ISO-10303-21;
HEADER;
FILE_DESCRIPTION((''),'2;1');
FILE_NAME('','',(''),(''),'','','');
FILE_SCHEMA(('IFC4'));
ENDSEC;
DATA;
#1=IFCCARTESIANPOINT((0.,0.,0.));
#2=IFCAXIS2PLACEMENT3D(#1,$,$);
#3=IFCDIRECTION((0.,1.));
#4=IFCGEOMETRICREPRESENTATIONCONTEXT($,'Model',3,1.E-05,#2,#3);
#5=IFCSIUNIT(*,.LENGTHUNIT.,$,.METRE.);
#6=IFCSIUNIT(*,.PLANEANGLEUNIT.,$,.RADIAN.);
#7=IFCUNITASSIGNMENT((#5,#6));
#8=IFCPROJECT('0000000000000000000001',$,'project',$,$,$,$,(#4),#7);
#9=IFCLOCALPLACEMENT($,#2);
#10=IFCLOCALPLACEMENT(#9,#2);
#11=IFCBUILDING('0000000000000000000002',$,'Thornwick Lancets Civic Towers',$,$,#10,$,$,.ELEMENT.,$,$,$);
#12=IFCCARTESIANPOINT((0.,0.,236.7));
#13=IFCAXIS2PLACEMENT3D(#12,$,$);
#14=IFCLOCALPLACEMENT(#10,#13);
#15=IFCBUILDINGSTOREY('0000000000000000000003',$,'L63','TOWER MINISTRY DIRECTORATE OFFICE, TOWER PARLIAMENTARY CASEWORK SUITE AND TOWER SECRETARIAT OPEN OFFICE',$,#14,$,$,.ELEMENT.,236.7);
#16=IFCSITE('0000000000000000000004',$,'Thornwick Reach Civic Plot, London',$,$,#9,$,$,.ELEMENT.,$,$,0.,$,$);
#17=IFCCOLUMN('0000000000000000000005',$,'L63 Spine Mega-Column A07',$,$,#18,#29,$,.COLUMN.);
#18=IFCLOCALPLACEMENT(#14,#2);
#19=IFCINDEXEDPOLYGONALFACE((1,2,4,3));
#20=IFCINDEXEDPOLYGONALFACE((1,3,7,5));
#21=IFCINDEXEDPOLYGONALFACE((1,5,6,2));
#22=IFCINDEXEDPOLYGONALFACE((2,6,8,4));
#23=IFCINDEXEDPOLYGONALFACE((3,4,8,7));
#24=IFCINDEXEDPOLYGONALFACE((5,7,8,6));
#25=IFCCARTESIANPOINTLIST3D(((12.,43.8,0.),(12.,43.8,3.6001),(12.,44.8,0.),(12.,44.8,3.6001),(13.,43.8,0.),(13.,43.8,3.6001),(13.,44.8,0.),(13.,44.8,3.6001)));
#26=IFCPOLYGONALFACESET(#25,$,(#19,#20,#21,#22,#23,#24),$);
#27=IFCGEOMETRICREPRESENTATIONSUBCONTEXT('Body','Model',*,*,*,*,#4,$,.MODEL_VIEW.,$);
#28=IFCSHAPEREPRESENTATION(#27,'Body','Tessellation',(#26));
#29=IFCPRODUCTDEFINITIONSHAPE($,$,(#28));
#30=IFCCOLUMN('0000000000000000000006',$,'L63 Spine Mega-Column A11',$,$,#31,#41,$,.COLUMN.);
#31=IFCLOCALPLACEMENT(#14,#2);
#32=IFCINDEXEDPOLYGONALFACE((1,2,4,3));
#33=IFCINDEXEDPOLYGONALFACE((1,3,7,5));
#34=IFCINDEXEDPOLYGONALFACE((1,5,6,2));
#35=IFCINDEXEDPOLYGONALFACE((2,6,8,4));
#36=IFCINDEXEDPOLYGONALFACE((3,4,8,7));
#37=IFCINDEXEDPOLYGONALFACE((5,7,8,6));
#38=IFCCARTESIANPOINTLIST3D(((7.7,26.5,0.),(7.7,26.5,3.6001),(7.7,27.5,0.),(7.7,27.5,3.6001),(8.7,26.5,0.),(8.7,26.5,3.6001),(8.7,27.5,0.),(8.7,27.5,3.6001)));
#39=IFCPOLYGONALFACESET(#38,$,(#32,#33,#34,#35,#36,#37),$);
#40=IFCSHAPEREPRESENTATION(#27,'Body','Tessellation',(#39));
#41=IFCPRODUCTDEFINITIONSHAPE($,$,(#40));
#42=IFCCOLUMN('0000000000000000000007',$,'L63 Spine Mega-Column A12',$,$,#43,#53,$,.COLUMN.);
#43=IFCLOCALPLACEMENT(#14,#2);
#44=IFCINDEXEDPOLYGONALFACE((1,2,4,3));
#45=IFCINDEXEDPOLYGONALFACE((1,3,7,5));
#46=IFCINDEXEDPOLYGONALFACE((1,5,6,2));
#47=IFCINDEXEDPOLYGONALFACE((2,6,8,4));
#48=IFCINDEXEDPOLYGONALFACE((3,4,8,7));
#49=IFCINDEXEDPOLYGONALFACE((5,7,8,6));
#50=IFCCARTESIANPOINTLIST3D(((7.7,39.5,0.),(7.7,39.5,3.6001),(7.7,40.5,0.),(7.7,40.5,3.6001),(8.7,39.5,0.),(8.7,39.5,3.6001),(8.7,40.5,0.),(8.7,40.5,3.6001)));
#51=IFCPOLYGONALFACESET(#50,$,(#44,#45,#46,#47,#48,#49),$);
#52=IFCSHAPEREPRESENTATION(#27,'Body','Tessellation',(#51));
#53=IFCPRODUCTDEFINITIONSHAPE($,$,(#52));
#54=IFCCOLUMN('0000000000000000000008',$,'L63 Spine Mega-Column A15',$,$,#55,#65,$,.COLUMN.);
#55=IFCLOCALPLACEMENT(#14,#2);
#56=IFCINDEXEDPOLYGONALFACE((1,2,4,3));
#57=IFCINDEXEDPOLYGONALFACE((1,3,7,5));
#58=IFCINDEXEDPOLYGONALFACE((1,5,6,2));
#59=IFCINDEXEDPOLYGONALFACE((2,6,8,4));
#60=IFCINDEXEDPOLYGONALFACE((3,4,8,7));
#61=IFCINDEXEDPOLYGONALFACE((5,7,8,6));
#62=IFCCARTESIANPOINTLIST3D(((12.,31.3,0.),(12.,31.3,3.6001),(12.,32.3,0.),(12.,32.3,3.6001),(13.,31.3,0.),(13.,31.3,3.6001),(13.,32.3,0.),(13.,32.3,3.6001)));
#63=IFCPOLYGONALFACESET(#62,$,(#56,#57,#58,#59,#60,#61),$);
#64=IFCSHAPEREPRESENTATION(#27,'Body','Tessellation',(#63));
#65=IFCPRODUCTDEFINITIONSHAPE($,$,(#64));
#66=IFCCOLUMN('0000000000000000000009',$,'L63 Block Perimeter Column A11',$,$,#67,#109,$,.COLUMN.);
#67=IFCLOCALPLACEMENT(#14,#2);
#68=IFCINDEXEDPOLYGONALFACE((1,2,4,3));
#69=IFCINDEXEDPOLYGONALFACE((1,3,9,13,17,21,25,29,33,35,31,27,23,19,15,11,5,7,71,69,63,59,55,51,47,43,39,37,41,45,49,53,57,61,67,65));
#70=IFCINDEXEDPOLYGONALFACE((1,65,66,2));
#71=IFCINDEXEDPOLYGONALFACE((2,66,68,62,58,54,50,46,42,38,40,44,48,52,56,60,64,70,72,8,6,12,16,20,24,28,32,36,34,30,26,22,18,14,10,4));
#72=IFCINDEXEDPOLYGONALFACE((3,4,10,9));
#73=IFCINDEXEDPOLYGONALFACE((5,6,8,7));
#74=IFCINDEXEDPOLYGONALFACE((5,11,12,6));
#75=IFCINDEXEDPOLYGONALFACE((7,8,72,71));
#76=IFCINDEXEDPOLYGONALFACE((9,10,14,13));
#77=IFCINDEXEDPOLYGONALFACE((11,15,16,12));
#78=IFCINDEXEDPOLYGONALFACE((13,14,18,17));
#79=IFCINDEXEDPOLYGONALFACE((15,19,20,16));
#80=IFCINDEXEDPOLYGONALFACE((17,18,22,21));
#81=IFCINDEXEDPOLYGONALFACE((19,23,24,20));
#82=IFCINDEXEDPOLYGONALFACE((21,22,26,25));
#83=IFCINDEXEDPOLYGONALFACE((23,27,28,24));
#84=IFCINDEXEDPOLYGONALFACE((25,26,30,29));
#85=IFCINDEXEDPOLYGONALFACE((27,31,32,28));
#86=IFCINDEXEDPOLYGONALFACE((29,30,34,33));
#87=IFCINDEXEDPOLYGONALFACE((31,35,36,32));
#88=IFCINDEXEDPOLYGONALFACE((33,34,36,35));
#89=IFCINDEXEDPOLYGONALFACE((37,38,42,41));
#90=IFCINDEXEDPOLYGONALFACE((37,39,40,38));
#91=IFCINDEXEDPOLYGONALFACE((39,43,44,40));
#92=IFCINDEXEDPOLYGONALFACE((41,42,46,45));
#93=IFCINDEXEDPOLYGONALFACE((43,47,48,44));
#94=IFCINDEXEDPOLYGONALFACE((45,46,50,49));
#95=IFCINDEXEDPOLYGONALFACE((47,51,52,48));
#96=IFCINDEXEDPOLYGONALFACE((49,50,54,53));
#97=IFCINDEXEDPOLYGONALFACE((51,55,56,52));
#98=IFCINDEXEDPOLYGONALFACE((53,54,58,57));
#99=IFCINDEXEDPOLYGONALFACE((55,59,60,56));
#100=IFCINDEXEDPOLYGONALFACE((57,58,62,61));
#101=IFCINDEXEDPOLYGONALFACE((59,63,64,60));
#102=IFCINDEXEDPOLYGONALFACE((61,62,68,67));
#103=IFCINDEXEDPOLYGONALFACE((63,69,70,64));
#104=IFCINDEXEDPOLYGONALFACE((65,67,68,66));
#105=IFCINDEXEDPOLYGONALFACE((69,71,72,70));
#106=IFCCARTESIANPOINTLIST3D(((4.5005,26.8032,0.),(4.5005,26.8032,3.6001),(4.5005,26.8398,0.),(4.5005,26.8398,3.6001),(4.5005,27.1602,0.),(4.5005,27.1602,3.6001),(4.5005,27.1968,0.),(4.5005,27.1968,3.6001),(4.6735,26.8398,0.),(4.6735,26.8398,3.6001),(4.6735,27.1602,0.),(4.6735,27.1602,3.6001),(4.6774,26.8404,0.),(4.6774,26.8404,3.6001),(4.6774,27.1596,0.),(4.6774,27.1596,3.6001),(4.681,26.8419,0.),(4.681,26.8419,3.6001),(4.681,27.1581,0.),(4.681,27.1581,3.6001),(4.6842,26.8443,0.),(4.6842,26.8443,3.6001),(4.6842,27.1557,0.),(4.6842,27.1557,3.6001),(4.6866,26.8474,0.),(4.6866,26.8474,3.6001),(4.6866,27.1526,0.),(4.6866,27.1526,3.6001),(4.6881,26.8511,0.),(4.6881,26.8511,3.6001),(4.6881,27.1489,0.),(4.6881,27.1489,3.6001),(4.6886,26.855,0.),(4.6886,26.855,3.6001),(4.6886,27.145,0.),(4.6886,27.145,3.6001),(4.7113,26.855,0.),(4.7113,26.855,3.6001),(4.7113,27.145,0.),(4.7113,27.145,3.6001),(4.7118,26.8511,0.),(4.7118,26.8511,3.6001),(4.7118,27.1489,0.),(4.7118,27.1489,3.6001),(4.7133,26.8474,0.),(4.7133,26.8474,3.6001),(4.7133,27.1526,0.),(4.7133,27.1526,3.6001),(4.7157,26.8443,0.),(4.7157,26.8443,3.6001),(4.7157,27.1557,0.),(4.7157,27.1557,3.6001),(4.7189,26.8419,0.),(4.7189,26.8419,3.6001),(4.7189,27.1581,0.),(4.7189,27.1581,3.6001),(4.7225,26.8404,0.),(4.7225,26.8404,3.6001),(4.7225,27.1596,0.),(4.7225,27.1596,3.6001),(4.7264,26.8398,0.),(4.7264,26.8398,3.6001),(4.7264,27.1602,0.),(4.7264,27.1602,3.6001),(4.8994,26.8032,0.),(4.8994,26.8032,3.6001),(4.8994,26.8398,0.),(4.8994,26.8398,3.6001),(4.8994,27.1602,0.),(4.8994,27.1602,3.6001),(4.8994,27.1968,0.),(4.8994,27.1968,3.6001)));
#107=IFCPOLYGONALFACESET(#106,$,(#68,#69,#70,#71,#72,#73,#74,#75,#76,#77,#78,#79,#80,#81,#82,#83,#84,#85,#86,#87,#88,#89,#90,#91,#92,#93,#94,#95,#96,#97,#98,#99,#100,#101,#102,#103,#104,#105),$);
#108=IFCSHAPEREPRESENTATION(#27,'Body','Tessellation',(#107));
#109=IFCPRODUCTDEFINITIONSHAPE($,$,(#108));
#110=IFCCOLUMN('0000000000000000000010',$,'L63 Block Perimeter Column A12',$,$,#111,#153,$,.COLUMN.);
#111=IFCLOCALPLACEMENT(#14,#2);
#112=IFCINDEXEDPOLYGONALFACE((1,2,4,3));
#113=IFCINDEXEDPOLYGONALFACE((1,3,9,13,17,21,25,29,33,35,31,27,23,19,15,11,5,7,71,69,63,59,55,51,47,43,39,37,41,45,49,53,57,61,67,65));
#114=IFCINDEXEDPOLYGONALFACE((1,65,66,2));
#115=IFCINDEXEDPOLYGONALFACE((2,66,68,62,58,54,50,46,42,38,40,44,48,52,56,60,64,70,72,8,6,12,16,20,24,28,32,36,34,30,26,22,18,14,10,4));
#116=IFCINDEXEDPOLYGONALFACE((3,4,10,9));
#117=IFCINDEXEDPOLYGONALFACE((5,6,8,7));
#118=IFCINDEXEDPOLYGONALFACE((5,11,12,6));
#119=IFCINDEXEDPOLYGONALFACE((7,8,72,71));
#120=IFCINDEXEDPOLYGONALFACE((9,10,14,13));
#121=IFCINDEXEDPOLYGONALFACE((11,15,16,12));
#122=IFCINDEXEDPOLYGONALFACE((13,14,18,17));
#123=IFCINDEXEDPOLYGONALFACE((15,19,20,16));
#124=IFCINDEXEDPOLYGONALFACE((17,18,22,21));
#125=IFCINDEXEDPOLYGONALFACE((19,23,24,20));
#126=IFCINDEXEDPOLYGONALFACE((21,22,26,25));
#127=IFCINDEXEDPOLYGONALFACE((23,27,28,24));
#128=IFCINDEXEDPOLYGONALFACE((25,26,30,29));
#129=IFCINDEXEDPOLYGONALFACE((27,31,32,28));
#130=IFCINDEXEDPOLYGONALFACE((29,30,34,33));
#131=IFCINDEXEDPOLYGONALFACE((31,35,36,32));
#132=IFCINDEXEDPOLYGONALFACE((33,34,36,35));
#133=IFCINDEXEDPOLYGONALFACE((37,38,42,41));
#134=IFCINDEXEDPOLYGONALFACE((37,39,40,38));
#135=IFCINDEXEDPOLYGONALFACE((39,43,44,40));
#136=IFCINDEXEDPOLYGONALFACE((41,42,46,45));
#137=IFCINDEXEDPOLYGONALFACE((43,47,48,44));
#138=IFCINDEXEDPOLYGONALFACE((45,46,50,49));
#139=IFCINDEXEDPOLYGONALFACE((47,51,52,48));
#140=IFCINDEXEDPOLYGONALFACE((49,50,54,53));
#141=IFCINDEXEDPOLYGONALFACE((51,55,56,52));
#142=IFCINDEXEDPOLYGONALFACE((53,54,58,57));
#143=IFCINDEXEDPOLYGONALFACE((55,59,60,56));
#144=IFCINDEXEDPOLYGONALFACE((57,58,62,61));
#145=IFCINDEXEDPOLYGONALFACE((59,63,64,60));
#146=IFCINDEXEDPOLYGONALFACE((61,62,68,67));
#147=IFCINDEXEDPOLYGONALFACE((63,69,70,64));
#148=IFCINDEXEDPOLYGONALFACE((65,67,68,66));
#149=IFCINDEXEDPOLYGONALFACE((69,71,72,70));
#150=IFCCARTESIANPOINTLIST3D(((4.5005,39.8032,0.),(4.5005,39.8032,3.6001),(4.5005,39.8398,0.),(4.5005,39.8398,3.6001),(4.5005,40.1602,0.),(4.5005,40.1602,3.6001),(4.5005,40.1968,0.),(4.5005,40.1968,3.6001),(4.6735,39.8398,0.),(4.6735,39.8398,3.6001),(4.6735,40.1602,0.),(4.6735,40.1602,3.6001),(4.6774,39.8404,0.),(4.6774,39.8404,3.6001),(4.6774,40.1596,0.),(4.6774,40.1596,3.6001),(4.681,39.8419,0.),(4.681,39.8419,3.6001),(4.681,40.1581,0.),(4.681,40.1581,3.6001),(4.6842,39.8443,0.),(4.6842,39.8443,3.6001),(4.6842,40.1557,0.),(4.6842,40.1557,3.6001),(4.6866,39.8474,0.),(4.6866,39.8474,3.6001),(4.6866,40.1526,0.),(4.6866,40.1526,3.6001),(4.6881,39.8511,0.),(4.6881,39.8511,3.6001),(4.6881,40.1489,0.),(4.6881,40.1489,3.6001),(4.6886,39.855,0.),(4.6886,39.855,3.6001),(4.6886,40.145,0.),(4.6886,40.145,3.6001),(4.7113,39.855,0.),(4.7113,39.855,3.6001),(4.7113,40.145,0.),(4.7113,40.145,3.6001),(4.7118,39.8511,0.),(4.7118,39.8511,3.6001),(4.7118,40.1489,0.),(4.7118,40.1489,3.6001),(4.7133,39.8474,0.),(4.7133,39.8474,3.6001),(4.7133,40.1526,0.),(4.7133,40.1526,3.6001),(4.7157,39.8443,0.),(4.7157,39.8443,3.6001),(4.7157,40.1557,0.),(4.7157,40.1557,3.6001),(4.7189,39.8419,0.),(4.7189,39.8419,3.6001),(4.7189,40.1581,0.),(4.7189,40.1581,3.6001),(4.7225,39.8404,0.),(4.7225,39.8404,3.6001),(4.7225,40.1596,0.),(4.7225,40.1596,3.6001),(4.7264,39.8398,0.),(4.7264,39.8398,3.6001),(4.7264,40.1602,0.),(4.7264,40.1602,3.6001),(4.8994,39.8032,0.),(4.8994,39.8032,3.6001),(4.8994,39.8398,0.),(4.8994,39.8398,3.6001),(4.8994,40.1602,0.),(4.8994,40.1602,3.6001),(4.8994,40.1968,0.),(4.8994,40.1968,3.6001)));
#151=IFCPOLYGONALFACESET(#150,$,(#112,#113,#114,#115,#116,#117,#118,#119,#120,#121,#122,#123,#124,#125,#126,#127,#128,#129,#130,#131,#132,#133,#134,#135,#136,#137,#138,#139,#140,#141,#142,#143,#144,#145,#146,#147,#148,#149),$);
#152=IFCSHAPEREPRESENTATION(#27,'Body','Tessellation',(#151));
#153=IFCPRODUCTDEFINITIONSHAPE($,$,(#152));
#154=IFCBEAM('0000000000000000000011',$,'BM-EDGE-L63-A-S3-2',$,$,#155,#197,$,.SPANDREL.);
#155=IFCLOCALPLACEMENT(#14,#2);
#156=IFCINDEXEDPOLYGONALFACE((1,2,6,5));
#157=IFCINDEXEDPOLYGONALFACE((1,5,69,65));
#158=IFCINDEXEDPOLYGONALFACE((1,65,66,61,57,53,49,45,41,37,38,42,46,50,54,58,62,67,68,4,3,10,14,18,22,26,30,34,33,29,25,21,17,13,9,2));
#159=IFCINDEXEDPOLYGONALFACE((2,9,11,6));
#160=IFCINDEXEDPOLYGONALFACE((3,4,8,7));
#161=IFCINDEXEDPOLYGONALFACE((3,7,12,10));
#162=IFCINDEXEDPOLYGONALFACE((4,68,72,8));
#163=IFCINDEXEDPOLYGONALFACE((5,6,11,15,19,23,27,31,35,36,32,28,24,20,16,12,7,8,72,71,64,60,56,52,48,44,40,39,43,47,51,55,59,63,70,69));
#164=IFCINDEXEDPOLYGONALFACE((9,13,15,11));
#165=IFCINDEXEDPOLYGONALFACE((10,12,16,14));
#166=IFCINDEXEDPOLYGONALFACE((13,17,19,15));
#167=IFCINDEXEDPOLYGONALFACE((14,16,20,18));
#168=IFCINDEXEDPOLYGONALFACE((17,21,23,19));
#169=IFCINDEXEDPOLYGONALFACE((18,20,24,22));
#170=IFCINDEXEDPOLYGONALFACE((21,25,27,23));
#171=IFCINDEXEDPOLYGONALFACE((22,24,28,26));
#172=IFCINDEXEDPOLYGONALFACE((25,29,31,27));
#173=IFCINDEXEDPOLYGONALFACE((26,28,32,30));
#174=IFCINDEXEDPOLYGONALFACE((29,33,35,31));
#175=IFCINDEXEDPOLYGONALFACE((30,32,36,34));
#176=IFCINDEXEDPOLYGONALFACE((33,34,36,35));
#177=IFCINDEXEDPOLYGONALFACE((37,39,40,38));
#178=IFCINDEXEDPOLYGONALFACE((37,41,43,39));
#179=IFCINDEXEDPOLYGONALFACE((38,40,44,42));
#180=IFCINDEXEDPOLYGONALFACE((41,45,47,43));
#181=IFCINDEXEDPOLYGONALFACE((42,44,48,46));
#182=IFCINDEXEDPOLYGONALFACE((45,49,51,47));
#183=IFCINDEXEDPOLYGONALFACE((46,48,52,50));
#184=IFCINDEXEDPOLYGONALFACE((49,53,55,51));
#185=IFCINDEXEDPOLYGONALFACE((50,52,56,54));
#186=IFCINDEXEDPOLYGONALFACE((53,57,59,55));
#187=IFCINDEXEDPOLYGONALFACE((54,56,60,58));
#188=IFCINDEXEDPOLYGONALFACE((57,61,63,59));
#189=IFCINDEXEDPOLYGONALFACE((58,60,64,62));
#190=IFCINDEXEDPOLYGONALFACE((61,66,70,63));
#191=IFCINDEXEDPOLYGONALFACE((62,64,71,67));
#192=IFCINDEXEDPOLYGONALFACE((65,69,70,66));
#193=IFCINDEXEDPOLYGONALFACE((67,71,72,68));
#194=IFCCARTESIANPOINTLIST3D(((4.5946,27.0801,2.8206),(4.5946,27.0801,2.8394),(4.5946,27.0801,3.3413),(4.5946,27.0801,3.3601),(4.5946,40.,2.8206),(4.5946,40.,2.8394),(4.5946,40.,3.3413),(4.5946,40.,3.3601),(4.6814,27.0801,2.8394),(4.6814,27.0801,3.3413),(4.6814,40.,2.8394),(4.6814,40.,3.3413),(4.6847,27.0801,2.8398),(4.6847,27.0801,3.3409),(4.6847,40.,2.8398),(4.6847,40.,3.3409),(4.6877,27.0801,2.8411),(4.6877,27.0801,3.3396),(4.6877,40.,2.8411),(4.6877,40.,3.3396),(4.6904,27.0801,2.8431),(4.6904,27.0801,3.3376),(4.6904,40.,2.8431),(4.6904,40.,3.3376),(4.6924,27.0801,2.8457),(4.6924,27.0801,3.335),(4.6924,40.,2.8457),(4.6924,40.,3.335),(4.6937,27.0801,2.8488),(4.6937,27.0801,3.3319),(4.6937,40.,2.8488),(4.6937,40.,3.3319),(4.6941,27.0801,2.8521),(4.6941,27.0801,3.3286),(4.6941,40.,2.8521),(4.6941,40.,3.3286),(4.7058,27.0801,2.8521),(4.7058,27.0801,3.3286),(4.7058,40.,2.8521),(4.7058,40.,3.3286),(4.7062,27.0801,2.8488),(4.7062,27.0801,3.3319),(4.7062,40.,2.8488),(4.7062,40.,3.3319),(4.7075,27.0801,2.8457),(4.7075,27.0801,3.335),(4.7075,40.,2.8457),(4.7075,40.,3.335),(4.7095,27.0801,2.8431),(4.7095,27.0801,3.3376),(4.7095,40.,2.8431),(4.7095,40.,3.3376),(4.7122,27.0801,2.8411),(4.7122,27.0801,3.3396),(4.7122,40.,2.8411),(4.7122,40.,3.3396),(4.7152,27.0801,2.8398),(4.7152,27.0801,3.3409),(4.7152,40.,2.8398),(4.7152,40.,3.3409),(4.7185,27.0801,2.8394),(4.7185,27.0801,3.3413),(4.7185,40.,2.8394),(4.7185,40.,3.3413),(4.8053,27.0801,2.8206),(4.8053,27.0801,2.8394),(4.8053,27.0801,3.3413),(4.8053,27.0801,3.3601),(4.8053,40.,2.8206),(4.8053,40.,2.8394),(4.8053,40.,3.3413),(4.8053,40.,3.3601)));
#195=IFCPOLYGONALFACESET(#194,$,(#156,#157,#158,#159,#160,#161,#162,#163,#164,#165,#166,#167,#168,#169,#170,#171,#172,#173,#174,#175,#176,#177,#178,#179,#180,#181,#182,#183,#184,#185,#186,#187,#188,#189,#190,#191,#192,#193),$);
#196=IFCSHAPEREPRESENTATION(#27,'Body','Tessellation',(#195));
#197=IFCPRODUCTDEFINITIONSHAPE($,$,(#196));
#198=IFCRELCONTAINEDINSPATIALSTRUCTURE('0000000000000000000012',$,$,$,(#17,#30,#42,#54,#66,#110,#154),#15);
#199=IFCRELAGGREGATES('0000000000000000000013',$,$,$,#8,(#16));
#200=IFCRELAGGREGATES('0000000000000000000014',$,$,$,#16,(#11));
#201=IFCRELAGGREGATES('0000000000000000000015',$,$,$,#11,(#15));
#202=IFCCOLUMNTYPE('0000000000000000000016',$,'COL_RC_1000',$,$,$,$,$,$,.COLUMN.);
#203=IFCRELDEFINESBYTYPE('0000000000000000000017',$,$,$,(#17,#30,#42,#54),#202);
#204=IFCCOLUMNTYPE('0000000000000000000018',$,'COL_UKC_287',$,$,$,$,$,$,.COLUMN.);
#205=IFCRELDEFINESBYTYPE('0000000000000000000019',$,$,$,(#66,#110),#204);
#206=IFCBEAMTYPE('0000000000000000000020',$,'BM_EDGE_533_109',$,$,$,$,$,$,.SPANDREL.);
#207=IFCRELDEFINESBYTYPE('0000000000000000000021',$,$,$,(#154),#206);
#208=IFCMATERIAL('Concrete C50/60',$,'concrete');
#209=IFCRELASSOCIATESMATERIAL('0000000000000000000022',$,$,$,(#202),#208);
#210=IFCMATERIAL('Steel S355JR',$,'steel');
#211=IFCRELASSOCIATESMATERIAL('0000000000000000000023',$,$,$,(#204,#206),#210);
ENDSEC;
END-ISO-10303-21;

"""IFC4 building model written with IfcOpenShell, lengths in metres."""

from ifc_helpers import new_model, si_unit, direction, frame, origin, origin_2d, place, context, subcontext, project, spatial, rectangle, i_section, extrude, material, material_profile, profile_set, type_object, element, save


model = new_model("IFC4")

# Units and contexts
model_context = context("Model", 3, precision=1e-05, world=origin(), true_north=direction((0.0, 1.0)))
body_context = subcontext(model_context, "Body", "Model", "MODEL_VIEW")
ifc_project = project(units=[si_unit("LENGTHUNIT", "METRE"), si_unit("PLANEANGLEUNIT", "RADIAN")], contexts=[model_context])

# Site, building, storey
site_placement = place(None, origin())
site = spatial("IfcSite", under=ifc_project, at=site_placement, Name="Thornwick Reach Civic Plot, London", CompositionType="ELEMENT", RefElevation=0.0)
building_placement = place(site_placement, origin())
building = spatial("IfcBuilding", under=site, at=building_placement, Name="Thornwick Lancets Civic Towers", CompositionType="ELEMENT")
storey_placement = place(building_placement, frame((0.0, 0.0, 236.7)))
storey = spatial("IfcBuildingStorey", under=building, at=storey_placement, Name="L63", Description="TOWER MINISTRY DIRECTORATE OFFICE, TOWER PARLIAMENTARY CASEWORK SUITE AND TOWER SECRETARIAT OPEN OFFICE", CompositionType="ELEMENT", Elevation=236.7)

# Columns
ifc_material_1 = material(Name="Concrete C50/60", Category="concrete")
ifc_material_profile_1 = material_profile(ifc_material_1, rectangle(XDim=1.0, YDim=1.0, at=origin_2d()), Name="RC 1000x1000")
ifc_profile_set_1 = profile_set([ifc_material_profile_1], Name="Concrete C50/60")
column_type_1 = type_object("IfcColumnType", Name="COL_RC_1000", PredefinedType="COLUMN", material=ifc_profile_set_1)
for number, where, z_axis, x_axis, name in (
    (1, (12.5, 44.3, 0.0), (0.0, 0.0, 1.0), (1.0, 0.0, 0.0), "L63 Spine Mega-Column A07"),
    (2, (8.2, 27.0, 0.0), (0.0, 0.0, 1.0), (1.0, 0.0, 0.0), "L63 Spine Mega-Column A11"),
    (3, (8.2, 40.0, 0.0), (0.0, 0.0, 1.0), (1.0, 0.0, 0.0), "L63 Spine Mega-Column A12"),
    (4, (12.5, 31.8, 0.0), (0.0, 0.0, 1.0), (1.0, 0.0, 0.0), "L63 Spine Mega-Column A15"),
):
    element("IfcColumn", number, at=place(storey_placement, frame(where, z_axis=z_axis, x_axis=x_axis)), inside=storey, type_object=column_type_1, Name=name, PredefinedType="COLUMN", context=body_context, shape_type="SweptSolid", body=[
        extrude(rectangle(XDim=1.0, YDim=1.0, at=origin_2d()), origin(), (0.0, 0.0, 1.0), 3.6001),
    ])
ifc_material_2 = material(Name="Steel S355JR", Category="steel")
ifc_material_profile_2 = material_profile(ifc_material_2, i_section(OverallWidth=0.3989, OverallDepth=0.3936, WebThickness=0.0227, FlangeThickness=0.0366, FilletRadius=0.0151, at=origin_2d()), Name="UKC 356x406x287")
ifc_profile_set_2 = profile_set([ifc_material_profile_2], Name="Steel S355JR")
column_type_2 = type_object("IfcColumnType", Name="COL_UKC_287", PredefinedType="COLUMN", material=ifc_profile_set_2)
for number, where, z_axis, x_axis, name in (
    (5, (4.7, 27.0, 0.0), (0.0, 0.0, 1.0), (1.0, 0.0, 0.0), "L63 Block Perimeter Column A11"),
    (6, (4.7, 40.0, 0.0), (0.0, 0.0, 1.0), (1.0, 0.0, 0.0), "L63 Block Perimeter Column A12"),
):
    element("IfcColumn", number, at=place(storey_placement, frame(where, z_axis=z_axis, x_axis=x_axis)), inside=storey, type_object=column_type_2, Name=name, PredefinedType="COLUMN", context=body_context, shape_type="SweptSolid", body=[
        extrude(i_section(OverallWidth=0.3989, OverallDepth=0.3936, WebThickness=0.0227, FlangeThickness=0.0366, FilletRadius=0.0151, at=origin_2d()), origin(), (0.0, 0.0, 1.0), 3.6001),
    ])

# Beam
ifc_material_profile_3 = material_profile(ifc_material_2, i_section(OverallWidth=0.2107, OverallDepth=0.5396, WebThickness=0.0117, FlangeThickness=0.0188, FilletRadius=0.0127, at=origin_2d()), Name="UKB 533x210x109")
ifc_profile_set_3 = profile_set([ifc_material_profile_3], Name="Steel S355JR")
beam_type_1 = type_object("IfcBeamType", Name="BM_EDGE_533_109", PredefinedType="SPANDREL", material=ifc_profile_set_3)
beam_1_placement = place(storey_placement, frame((4.7, 27.0801, 3.0903), z_axis=(0.0, 1.0, 0.0), x_axis=(-1.0, 0.0, 0.0)))
element("IfcBeam", 7, at=beam_1_placement, inside=storey, type_object=beam_type_1, Name="BM-EDGE-L63-A-S3-2", PredefinedType="SPANDREL", context=body_context, shape_type="SweptSolid", body=[
    extrude(i_section(OverallWidth=0.2107, OverallDepth=0.5396, WebThickness=0.0117, FlangeThickness=0.0188, FilletRadius=0.0127, at=origin_2d()), origin(), (0.0, 0.0, 1.0), 12.9199),
])

save(model, "model.ifc")
